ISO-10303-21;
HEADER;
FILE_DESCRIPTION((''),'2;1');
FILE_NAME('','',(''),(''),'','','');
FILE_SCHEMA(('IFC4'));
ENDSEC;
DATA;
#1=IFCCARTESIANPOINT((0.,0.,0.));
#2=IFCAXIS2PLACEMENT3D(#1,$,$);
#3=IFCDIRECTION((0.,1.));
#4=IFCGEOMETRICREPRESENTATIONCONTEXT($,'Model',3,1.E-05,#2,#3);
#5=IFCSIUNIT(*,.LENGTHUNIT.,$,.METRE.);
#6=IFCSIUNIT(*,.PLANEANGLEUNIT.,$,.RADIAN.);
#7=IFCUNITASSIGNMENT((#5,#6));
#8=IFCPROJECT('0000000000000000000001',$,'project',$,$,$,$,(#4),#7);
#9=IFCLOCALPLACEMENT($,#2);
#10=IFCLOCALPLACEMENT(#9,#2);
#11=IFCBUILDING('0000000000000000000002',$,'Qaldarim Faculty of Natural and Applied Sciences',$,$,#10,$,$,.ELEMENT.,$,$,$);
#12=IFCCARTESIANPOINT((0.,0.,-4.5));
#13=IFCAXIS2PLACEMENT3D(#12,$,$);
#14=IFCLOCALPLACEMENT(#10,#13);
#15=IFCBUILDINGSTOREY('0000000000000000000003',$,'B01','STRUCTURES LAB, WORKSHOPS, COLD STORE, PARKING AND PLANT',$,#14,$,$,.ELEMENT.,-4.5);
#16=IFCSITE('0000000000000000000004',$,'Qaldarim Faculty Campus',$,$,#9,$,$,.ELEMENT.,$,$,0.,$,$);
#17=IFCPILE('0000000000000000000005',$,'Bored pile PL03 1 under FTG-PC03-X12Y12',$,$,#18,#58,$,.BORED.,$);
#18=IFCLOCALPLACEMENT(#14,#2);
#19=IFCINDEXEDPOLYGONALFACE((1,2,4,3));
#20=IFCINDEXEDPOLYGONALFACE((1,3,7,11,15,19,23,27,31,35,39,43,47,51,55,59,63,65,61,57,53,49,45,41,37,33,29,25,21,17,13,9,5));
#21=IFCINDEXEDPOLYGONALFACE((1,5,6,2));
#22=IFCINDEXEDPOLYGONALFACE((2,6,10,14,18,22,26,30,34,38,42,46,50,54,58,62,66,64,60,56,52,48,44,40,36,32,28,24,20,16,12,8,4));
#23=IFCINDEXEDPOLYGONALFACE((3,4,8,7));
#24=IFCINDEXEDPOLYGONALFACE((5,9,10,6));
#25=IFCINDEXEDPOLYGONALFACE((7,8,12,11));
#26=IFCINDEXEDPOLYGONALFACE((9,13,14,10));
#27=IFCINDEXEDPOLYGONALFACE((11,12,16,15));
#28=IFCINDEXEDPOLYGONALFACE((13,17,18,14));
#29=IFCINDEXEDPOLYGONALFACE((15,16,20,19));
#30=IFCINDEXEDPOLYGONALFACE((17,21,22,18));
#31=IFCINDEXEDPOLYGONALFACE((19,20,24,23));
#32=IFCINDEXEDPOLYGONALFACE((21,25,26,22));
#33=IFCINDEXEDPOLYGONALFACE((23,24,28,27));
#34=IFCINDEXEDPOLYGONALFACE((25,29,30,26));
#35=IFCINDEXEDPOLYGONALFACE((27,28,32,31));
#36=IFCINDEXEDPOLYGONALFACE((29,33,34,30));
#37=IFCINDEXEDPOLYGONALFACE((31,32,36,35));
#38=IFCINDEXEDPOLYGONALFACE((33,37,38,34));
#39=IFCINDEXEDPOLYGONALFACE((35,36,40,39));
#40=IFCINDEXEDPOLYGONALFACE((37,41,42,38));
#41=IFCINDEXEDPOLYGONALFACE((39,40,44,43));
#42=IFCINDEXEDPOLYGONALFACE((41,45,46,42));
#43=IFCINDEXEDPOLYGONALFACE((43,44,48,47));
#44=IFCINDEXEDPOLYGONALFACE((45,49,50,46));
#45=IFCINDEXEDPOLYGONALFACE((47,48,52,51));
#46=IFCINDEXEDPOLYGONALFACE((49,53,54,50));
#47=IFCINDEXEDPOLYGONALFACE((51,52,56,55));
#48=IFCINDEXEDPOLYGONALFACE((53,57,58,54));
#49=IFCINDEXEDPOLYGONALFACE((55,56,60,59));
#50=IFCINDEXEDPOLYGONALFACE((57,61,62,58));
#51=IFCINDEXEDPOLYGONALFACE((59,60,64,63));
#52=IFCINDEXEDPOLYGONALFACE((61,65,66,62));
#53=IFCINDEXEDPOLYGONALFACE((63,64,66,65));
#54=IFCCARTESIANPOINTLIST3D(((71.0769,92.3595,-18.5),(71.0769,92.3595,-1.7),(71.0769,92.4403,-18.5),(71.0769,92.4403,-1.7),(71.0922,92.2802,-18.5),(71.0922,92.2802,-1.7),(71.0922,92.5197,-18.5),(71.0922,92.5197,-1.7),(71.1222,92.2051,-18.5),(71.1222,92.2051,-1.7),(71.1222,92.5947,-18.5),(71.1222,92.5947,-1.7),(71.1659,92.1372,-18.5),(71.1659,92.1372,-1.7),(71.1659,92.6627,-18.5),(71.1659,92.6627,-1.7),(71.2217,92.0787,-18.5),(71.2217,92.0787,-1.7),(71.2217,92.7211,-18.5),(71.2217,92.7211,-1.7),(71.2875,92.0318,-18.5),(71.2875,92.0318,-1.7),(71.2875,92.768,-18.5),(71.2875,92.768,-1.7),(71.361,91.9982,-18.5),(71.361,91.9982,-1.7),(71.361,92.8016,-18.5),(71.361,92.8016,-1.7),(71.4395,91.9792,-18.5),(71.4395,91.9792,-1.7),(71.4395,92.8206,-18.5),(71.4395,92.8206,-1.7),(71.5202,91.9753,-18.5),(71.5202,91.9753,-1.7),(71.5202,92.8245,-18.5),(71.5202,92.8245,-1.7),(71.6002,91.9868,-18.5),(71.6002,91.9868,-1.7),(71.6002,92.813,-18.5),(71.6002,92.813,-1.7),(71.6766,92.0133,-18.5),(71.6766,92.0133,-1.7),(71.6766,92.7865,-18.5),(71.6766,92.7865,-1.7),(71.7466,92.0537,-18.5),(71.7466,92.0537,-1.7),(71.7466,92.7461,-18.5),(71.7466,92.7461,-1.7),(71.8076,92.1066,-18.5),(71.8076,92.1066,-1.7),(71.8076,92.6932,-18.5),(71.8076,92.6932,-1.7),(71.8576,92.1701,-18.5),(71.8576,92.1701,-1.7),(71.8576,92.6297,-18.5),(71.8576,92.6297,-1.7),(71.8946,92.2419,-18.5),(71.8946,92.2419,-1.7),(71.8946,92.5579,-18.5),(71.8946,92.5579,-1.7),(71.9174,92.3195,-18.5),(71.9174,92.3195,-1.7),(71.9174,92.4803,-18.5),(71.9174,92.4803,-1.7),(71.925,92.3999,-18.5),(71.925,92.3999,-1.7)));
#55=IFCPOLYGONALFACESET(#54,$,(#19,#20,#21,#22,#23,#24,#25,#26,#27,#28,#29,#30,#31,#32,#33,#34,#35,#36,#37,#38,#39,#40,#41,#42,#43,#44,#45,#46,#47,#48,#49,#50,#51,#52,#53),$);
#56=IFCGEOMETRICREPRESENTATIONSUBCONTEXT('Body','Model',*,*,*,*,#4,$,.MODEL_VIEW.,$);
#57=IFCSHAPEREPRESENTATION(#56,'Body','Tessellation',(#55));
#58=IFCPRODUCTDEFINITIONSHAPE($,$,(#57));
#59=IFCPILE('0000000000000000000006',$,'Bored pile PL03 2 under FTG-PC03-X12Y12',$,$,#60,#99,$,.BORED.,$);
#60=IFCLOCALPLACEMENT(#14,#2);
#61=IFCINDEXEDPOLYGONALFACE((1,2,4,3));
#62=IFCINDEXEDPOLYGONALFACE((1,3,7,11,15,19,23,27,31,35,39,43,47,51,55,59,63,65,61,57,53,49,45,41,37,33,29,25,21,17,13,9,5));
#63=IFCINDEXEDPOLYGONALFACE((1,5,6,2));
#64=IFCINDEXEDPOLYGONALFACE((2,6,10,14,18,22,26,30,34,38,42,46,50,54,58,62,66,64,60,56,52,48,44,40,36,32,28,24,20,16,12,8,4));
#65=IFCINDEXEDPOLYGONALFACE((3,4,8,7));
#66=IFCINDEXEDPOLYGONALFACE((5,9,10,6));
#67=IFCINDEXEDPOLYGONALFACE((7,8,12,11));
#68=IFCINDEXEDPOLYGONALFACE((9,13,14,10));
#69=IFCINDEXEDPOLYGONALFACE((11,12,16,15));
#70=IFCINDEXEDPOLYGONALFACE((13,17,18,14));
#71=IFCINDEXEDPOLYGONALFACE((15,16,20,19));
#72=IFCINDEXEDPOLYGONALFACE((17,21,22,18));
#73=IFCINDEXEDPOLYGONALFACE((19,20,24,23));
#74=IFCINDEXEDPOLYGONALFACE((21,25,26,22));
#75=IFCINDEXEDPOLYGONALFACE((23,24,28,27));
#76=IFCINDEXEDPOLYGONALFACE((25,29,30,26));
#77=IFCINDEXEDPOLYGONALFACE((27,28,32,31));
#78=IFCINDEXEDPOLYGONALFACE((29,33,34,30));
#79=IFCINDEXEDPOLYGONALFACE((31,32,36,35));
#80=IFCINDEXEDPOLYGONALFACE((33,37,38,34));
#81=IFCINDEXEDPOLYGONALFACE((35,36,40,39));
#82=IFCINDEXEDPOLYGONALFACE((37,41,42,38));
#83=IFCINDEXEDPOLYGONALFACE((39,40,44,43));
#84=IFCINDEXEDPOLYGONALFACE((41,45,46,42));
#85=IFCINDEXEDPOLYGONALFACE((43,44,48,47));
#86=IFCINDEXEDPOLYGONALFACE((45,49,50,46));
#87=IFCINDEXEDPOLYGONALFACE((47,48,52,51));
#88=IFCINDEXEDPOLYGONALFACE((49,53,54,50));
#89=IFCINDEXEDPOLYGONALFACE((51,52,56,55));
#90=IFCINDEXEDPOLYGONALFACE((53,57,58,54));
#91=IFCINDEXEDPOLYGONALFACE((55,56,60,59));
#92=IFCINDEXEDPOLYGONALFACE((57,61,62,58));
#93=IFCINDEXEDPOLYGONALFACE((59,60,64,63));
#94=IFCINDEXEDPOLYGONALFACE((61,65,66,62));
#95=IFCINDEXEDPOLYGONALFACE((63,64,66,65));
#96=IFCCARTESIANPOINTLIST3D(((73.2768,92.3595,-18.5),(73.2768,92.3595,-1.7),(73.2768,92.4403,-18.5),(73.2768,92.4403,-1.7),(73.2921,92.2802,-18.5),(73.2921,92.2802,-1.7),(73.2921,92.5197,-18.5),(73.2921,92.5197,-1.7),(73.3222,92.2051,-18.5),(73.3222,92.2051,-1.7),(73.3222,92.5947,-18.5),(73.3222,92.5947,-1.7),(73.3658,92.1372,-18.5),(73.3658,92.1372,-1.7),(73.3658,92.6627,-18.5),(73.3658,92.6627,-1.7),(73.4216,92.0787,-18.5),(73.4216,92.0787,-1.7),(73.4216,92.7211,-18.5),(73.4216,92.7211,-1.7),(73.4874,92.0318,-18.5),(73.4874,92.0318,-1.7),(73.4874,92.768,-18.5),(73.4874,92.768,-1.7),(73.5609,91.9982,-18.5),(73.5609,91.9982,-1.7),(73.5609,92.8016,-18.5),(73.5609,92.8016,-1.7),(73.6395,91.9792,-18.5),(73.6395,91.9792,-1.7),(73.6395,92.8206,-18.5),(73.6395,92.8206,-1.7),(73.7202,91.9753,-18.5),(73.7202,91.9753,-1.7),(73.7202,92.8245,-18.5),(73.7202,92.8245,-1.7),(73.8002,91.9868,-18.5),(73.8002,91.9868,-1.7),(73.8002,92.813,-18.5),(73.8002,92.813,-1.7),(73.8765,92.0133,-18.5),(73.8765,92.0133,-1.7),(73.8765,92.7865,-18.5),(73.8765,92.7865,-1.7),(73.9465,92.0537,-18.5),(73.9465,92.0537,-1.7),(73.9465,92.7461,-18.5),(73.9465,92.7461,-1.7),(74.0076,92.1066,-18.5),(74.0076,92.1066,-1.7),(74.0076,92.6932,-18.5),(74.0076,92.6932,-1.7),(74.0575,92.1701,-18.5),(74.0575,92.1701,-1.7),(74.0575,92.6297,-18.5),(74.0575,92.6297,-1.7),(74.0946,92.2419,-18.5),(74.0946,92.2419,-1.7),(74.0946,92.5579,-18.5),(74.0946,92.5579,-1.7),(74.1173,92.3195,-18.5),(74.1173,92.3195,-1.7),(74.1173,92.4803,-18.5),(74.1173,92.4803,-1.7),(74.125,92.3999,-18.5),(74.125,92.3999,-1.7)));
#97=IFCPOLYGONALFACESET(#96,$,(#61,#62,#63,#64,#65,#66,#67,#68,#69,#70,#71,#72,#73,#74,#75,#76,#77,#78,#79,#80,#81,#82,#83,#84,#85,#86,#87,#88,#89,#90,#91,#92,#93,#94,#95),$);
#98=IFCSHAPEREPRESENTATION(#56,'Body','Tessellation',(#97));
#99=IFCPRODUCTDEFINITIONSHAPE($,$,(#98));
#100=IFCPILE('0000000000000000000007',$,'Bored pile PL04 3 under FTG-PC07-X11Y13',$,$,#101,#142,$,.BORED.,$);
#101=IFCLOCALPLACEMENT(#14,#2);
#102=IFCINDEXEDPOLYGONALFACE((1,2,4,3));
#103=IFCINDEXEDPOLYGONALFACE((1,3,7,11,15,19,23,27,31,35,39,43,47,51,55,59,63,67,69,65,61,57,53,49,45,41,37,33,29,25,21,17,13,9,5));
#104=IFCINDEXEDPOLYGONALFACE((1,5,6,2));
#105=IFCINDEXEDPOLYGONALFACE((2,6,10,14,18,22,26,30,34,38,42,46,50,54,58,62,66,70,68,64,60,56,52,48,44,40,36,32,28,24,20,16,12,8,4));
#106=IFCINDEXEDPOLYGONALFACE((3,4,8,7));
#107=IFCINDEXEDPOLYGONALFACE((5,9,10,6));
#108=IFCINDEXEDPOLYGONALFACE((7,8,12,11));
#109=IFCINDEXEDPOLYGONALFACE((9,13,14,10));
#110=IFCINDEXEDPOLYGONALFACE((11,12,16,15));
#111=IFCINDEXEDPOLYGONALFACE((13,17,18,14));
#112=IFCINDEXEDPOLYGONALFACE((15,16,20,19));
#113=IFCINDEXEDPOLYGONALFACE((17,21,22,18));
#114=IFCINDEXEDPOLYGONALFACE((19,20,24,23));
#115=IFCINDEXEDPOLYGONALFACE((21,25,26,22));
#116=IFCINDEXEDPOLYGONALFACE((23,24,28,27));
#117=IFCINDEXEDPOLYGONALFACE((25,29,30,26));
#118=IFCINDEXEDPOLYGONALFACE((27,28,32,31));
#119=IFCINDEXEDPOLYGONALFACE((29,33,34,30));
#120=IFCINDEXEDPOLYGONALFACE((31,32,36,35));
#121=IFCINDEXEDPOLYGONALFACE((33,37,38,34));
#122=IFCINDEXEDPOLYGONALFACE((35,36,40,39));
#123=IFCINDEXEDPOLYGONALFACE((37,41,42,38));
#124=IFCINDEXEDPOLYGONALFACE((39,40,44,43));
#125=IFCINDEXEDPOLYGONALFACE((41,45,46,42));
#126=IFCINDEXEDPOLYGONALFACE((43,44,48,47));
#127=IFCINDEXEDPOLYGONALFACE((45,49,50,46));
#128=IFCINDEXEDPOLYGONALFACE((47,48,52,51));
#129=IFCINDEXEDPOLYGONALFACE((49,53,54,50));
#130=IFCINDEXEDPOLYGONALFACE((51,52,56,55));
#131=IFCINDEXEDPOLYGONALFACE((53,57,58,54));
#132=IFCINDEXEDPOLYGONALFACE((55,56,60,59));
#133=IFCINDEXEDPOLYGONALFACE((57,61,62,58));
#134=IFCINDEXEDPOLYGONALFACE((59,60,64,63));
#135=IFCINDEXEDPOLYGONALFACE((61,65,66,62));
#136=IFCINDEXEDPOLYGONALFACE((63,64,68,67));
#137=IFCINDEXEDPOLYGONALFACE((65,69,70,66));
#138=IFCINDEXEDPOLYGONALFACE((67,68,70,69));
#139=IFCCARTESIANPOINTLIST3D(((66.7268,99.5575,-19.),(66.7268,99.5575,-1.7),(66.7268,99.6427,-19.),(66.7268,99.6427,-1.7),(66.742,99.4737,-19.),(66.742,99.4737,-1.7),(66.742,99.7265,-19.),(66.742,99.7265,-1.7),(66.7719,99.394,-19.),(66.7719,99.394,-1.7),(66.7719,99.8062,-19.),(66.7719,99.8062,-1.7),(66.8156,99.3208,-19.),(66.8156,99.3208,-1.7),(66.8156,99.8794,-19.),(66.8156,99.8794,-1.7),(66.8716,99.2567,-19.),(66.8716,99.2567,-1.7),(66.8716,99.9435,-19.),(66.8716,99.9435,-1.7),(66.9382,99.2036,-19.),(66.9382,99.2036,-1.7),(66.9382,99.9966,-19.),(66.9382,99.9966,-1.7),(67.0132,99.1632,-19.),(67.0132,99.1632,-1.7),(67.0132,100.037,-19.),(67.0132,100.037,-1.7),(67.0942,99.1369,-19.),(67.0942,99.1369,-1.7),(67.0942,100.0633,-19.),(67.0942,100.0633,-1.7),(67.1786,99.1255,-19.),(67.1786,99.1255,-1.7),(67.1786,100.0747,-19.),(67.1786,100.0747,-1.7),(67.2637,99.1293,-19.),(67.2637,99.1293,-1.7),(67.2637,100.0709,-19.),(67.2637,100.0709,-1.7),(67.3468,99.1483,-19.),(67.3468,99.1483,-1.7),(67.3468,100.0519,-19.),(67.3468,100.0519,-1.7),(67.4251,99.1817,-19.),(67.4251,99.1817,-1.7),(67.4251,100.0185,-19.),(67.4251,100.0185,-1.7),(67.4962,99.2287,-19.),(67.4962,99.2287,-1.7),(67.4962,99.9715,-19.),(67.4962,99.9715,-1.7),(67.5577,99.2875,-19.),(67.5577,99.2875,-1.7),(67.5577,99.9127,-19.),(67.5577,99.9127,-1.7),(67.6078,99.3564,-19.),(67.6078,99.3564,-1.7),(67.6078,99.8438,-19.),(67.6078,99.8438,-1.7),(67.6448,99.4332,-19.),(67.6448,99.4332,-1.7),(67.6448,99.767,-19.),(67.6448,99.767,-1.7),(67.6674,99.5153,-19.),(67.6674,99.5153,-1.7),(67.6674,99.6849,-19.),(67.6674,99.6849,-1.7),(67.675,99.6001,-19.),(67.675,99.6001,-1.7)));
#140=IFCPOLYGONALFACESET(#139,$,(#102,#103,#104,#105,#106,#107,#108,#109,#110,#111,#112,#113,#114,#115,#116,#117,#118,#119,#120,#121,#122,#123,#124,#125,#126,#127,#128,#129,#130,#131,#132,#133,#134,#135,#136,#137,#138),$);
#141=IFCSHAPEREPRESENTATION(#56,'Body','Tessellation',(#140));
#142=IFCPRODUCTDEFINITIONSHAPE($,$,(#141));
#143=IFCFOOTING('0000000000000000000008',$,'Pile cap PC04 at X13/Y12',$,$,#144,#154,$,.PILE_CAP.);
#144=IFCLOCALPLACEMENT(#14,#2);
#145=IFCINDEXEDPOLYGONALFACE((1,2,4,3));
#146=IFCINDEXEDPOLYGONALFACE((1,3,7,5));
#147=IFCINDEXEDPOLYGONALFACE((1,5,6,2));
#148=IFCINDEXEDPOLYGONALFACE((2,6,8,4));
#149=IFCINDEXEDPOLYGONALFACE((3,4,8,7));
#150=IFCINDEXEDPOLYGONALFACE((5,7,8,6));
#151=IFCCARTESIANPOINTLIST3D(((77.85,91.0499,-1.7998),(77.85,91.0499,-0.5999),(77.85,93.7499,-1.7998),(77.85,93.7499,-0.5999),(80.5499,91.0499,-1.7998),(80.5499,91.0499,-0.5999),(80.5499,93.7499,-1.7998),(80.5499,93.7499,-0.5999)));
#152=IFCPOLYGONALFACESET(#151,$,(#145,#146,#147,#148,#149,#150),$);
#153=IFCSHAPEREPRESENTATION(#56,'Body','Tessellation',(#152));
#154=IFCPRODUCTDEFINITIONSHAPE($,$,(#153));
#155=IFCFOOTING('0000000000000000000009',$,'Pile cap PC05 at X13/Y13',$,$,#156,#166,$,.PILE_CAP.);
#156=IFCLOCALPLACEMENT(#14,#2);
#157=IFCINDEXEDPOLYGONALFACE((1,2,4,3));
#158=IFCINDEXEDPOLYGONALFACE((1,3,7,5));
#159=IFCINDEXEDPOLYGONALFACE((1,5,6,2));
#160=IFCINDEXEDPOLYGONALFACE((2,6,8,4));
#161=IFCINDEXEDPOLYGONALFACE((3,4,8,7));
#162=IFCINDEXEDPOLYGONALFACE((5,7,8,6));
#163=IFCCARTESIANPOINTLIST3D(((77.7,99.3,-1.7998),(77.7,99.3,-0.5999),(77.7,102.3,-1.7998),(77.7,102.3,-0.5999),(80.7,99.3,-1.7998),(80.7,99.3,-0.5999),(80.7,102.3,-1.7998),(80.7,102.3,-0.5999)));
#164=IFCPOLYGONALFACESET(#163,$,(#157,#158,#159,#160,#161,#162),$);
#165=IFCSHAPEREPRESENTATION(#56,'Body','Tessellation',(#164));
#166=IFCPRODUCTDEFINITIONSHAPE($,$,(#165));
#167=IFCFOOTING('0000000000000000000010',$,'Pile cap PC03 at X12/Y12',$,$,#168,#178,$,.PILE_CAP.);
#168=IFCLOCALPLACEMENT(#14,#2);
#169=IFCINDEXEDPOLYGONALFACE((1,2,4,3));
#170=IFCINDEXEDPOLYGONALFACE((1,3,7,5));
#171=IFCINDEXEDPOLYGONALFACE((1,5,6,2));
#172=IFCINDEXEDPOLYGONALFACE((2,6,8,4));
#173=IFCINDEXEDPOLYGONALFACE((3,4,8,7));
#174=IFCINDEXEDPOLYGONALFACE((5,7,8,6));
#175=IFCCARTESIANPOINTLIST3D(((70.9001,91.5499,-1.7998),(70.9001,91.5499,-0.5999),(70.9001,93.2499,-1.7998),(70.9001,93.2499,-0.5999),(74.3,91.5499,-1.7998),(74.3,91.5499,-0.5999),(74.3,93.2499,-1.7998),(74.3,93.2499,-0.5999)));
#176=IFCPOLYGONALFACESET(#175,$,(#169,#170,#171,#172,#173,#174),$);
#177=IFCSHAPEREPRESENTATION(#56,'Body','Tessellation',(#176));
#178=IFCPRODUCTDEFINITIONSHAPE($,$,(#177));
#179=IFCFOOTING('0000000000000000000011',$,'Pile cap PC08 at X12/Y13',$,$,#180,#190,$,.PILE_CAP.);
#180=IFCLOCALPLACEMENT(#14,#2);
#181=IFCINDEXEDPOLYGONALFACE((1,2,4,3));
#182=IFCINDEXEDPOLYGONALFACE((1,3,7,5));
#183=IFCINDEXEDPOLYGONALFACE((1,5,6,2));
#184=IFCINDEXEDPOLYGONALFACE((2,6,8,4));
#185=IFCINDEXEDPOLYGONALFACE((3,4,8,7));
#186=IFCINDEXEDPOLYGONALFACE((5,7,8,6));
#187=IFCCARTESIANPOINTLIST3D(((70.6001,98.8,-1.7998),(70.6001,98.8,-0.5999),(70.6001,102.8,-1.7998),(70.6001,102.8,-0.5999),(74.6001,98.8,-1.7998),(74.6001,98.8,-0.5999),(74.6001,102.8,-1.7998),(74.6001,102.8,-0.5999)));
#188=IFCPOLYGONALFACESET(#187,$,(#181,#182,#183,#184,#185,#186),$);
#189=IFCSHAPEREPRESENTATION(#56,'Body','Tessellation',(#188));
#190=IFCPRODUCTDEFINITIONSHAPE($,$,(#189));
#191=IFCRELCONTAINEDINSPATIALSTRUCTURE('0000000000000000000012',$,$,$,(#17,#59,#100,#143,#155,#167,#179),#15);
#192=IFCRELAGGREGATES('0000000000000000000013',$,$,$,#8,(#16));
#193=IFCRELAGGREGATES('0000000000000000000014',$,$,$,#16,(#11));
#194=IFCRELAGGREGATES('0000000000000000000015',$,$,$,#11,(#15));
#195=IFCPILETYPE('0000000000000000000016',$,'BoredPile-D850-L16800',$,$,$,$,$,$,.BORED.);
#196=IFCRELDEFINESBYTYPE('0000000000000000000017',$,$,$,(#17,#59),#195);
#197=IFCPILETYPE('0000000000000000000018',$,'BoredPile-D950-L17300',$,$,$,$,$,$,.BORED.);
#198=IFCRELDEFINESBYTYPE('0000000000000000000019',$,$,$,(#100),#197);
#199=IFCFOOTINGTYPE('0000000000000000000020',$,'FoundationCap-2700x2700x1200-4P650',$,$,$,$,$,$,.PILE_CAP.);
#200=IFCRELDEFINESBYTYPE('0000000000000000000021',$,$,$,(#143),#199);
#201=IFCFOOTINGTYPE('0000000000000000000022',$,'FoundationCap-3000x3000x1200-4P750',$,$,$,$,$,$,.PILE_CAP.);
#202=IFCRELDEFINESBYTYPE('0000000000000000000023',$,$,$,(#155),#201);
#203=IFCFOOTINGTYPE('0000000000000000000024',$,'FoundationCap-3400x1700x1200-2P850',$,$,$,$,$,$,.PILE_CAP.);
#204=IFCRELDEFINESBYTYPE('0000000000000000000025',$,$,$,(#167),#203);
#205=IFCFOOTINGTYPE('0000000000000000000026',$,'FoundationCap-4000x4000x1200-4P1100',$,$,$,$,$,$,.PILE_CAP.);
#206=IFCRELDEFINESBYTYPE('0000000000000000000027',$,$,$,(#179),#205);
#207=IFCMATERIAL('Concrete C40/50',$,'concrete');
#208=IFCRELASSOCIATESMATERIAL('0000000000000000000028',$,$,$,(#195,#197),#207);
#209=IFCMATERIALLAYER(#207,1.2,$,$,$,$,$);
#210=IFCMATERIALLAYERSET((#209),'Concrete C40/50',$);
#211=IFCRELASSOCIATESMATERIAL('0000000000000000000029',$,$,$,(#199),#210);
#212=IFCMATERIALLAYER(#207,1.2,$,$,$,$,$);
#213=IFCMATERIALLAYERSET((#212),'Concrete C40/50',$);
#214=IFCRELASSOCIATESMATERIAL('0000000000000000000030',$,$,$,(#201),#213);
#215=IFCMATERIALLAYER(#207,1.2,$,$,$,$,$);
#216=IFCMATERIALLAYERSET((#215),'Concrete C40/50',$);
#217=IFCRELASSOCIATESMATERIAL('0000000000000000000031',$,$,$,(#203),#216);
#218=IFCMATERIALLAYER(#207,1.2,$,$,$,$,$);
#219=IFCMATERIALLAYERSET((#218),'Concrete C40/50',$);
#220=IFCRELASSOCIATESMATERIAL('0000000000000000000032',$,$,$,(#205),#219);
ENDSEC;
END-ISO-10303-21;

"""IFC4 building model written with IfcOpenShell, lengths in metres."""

from ifc_helpers import new_model, si_unit, direction, frame, origin, origin_2d, place, context, subcontext, project, spatial, rectangle, circle, extrude, material, layer, layer_set, material_profile, profile_set, type_object, element, save


model = new_model("IFC4")

# Units and contexts
model_context = context("Model", 3, precision=1e-05, world=origin(), true_north=direction((0.0, 1.0)))
body_context = subcontext(model_context, "Body", "Model", "MODEL_VIEW")
ifc_project = project(units=[si_unit("LENGTHUNIT", "METRE"), si_unit("PLANEANGLEUNIT", "RADIAN")], contexts=[model_context])

# Site, building, storey
site_placement = place(None, origin())
site = spatial("IfcSite", under=ifc_project, at=site_placement, Name="Qaldarim Faculty Campus", CompositionType="ELEMENT", RefElevation=0.0)
building_placement = place(site_placement, origin())
building = spatial("IfcBuilding", under=site, at=building_placement, Name="Qaldarim Faculty of Natural and Applied Sciences", CompositionType="ELEMENT")
storey_placement = place(building_placement, frame((0.0, 0.0, -4.5)))
storey = spatial("IfcBuildingStorey", under=building, at=storey_placement, Name="B01", Description="STRUCTURES LAB, WORKSHOPS, COLD STORE, PARKING AND PLANT", CompositionType="ELEMENT", Elevation=-4.5)

# Piles
ifc_material_1 = material(Name="Concrete C40/50", Category="concrete")
ifc_material_profile_1 = material_profile(ifc_material_1, circle(Radius=0.425, at=origin_2d()), Name="PILE-D850")
ifc_profile_set_1 = profile_set([ifc_material_profile_1], Name="Concrete C40/50")
pile_type_1 = type_object("IfcPileType", Name="BoredPile-D850-L16800", PredefinedType="BORED", material=ifc_profile_set_1)
for number, where, z_axis, x_axis, name in (
    (1, (71.5, 92.3999, -1.7), (0.0, 0.0, -1.0), (1.0, 0.0, 0.0), "Bored pile PL03 1 under FTG-PC03-X12Y12"),
    (2, (73.7, 92.3999, -1.7), (0.0, 0.0, -1.0), (1.0, 0.0, 0.0), "Bored pile PL03 2 under FTG-PC03-X12Y12"),
):
    element("IfcPile", number, at=place(storey_placement, frame(where, z_axis=z_axis, x_axis=x_axis)), inside=storey, type_object=pile_type_1, Name=name, PredefinedType="BORED", context=body_context, shape_type="SweptSolid", body=[
        extrude(circle(Radius=0.425, at=origin_2d()), origin(), (0.0, 0.0, 1.0), 16.8),
    ])
ifc_material_profile_2 = material_profile(ifc_material_1, circle(Radius=0.4751, at=origin_2d()), Name="PILE-D950")
ifc_profile_set_2 = profile_set([ifc_material_profile_2], Name="Concrete C40/50")
pile_type_2 = type_object("IfcPileType", Name="BoredPile-D950-L17300", PredefinedType="BORED", material=ifc_profile_set_2)
pile_placement = place(storey_placement, frame((67.2, 99.6001, -1.7), z_axis=(0.0, 0.0, -1.0), x_axis=(1.0, 0.0, 0.0)))
element("IfcPile", 3, at=pile_placement, inside=storey, type_object=pile_type_2, Name="Bored pile PL04 3 under FTG-PC07-X11Y13", PredefinedType="BORED", context=body_context, shape_type="SweptSolid", body=[
    extrude(circle(Radius=0.4751, at=origin_2d()), origin(), (0.0, 0.0, 1.0), 17.3),
])

# Footings
ifc_layer_1 = layer(ifc_material_1, 1.2)
ifc_layer_set_1 = layer_set([ifc_layer_1], Name="Concrete C40/50")
footing_type_1 = type_object("IfcFootingType", Name="FoundationCap-2700x2700x1200-4P650", PredefinedType="PILE_CAP", material=ifc_layer_set_1)
footing_1_placement = place(storey_placement, frame((79.2, 92.3999, -1.7998), z_axis=(0.0, 0.0, 1.0), x_axis=(1.0, 0.0, 0.0)))
element("IfcFooting", 4, at=footing_1_placement, inside=storey, type_object=footing_type_1, Name="Pile cap PC04 at X13/Y12", PredefinedType="PILE_CAP", context=body_context, shape_type="SweptSolid", body=[
    extrude(rectangle(XDim=2.7, YDim=2.7, at=origin_2d()), origin(), (0.0, 0.0, 1.0), 1.2),
])
ifc_layer_2 = layer(ifc_material_1, 1.2)
ifc_layer_set_2 = layer_set([ifc_layer_2], Name="Concrete C40/50")
footing_type_2 = type_object("IfcFootingType", Name="FoundationCap-3000x3000x1200-4P750", PredefinedType="PILE_CAP", material=ifc_layer_set_2)
footing_2_placement = place(storey_placement, frame((79.2, 100.8, -1.7998), z_axis=(0.0, 0.0, 1.0), x_axis=(1.0, 0.0, 0.0)))
element("IfcFooting", 5, at=footing_2_placement, inside=storey, type_object=footing_type_2, Name="Pile cap PC05 at X13/Y13", PredefinedType="PILE_CAP", context=body_context, shape_type="SweptSolid", body=[
    extrude(rectangle(XDim=3.0, YDim=3.0, at=origin_2d()), origin(), (0.0, 0.0, 1.0), 1.2),
])
ifc_layer_3 = layer(ifc_material_1, 1.2)
ifc_layer_set_3 = layer_set([ifc_layer_3], Name="Concrete C40/50")
footing_type_3 = type_object("IfcFootingType", Name="FoundationCap-3400x1700x1200-2P850", PredefinedType="PILE_CAP", material=ifc_layer_set_3)
footing_3_placement = place(storey_placement, frame((72.6001, 92.3999, -1.7998), z_axis=(0.0, 0.0, 1.0), x_axis=(1.0, 0.0, 0.0)))
element("IfcFooting", 6, at=footing_3_placement, inside=storey, type_object=footing_type_3, Name="Pile cap PC03 at X12/Y12", PredefinedType="PILE_CAP", context=body_context, shape_type="SweptSolid", body=[
    extrude(rectangle(XDim=3.3999, YDim=1.7, at=origin_2d()), origin(), (0.0, 0.0, 1.0), 1.2),
])
ifc_layer_4 = layer(ifc_material_1, 1.2)
ifc_layer_set_4 = layer_set([ifc_layer_4], Name="Concrete C40/50")
footing_type_4 = type_object("IfcFootingType", Name="FoundationCap-4000x4000x1200-4P1100", PredefinedType="PILE_CAP", material=ifc_layer_set_4)
footing_4_placement = place(storey_placement, frame((72.6001, 100.8, -1.7998), z_axis=(0.0, 0.0, 1.0), x_axis=(1.0, 0.0, 0.0)))
element("IfcFooting", 7, at=footing_4_placement, inside=storey, type_object=footing_type_4, Name="Pile cap PC08 at X12/Y13", PredefinedType="PILE_CAP", context=body_context, shape_type="SweptSolid", body=[
    extrude(rectangle(XDim=4.0, YDim=4.0, at=origin_2d()), origin(), (0.0, 0.0, 1.0), 1.2),
])

save(model, "model.ifc")
